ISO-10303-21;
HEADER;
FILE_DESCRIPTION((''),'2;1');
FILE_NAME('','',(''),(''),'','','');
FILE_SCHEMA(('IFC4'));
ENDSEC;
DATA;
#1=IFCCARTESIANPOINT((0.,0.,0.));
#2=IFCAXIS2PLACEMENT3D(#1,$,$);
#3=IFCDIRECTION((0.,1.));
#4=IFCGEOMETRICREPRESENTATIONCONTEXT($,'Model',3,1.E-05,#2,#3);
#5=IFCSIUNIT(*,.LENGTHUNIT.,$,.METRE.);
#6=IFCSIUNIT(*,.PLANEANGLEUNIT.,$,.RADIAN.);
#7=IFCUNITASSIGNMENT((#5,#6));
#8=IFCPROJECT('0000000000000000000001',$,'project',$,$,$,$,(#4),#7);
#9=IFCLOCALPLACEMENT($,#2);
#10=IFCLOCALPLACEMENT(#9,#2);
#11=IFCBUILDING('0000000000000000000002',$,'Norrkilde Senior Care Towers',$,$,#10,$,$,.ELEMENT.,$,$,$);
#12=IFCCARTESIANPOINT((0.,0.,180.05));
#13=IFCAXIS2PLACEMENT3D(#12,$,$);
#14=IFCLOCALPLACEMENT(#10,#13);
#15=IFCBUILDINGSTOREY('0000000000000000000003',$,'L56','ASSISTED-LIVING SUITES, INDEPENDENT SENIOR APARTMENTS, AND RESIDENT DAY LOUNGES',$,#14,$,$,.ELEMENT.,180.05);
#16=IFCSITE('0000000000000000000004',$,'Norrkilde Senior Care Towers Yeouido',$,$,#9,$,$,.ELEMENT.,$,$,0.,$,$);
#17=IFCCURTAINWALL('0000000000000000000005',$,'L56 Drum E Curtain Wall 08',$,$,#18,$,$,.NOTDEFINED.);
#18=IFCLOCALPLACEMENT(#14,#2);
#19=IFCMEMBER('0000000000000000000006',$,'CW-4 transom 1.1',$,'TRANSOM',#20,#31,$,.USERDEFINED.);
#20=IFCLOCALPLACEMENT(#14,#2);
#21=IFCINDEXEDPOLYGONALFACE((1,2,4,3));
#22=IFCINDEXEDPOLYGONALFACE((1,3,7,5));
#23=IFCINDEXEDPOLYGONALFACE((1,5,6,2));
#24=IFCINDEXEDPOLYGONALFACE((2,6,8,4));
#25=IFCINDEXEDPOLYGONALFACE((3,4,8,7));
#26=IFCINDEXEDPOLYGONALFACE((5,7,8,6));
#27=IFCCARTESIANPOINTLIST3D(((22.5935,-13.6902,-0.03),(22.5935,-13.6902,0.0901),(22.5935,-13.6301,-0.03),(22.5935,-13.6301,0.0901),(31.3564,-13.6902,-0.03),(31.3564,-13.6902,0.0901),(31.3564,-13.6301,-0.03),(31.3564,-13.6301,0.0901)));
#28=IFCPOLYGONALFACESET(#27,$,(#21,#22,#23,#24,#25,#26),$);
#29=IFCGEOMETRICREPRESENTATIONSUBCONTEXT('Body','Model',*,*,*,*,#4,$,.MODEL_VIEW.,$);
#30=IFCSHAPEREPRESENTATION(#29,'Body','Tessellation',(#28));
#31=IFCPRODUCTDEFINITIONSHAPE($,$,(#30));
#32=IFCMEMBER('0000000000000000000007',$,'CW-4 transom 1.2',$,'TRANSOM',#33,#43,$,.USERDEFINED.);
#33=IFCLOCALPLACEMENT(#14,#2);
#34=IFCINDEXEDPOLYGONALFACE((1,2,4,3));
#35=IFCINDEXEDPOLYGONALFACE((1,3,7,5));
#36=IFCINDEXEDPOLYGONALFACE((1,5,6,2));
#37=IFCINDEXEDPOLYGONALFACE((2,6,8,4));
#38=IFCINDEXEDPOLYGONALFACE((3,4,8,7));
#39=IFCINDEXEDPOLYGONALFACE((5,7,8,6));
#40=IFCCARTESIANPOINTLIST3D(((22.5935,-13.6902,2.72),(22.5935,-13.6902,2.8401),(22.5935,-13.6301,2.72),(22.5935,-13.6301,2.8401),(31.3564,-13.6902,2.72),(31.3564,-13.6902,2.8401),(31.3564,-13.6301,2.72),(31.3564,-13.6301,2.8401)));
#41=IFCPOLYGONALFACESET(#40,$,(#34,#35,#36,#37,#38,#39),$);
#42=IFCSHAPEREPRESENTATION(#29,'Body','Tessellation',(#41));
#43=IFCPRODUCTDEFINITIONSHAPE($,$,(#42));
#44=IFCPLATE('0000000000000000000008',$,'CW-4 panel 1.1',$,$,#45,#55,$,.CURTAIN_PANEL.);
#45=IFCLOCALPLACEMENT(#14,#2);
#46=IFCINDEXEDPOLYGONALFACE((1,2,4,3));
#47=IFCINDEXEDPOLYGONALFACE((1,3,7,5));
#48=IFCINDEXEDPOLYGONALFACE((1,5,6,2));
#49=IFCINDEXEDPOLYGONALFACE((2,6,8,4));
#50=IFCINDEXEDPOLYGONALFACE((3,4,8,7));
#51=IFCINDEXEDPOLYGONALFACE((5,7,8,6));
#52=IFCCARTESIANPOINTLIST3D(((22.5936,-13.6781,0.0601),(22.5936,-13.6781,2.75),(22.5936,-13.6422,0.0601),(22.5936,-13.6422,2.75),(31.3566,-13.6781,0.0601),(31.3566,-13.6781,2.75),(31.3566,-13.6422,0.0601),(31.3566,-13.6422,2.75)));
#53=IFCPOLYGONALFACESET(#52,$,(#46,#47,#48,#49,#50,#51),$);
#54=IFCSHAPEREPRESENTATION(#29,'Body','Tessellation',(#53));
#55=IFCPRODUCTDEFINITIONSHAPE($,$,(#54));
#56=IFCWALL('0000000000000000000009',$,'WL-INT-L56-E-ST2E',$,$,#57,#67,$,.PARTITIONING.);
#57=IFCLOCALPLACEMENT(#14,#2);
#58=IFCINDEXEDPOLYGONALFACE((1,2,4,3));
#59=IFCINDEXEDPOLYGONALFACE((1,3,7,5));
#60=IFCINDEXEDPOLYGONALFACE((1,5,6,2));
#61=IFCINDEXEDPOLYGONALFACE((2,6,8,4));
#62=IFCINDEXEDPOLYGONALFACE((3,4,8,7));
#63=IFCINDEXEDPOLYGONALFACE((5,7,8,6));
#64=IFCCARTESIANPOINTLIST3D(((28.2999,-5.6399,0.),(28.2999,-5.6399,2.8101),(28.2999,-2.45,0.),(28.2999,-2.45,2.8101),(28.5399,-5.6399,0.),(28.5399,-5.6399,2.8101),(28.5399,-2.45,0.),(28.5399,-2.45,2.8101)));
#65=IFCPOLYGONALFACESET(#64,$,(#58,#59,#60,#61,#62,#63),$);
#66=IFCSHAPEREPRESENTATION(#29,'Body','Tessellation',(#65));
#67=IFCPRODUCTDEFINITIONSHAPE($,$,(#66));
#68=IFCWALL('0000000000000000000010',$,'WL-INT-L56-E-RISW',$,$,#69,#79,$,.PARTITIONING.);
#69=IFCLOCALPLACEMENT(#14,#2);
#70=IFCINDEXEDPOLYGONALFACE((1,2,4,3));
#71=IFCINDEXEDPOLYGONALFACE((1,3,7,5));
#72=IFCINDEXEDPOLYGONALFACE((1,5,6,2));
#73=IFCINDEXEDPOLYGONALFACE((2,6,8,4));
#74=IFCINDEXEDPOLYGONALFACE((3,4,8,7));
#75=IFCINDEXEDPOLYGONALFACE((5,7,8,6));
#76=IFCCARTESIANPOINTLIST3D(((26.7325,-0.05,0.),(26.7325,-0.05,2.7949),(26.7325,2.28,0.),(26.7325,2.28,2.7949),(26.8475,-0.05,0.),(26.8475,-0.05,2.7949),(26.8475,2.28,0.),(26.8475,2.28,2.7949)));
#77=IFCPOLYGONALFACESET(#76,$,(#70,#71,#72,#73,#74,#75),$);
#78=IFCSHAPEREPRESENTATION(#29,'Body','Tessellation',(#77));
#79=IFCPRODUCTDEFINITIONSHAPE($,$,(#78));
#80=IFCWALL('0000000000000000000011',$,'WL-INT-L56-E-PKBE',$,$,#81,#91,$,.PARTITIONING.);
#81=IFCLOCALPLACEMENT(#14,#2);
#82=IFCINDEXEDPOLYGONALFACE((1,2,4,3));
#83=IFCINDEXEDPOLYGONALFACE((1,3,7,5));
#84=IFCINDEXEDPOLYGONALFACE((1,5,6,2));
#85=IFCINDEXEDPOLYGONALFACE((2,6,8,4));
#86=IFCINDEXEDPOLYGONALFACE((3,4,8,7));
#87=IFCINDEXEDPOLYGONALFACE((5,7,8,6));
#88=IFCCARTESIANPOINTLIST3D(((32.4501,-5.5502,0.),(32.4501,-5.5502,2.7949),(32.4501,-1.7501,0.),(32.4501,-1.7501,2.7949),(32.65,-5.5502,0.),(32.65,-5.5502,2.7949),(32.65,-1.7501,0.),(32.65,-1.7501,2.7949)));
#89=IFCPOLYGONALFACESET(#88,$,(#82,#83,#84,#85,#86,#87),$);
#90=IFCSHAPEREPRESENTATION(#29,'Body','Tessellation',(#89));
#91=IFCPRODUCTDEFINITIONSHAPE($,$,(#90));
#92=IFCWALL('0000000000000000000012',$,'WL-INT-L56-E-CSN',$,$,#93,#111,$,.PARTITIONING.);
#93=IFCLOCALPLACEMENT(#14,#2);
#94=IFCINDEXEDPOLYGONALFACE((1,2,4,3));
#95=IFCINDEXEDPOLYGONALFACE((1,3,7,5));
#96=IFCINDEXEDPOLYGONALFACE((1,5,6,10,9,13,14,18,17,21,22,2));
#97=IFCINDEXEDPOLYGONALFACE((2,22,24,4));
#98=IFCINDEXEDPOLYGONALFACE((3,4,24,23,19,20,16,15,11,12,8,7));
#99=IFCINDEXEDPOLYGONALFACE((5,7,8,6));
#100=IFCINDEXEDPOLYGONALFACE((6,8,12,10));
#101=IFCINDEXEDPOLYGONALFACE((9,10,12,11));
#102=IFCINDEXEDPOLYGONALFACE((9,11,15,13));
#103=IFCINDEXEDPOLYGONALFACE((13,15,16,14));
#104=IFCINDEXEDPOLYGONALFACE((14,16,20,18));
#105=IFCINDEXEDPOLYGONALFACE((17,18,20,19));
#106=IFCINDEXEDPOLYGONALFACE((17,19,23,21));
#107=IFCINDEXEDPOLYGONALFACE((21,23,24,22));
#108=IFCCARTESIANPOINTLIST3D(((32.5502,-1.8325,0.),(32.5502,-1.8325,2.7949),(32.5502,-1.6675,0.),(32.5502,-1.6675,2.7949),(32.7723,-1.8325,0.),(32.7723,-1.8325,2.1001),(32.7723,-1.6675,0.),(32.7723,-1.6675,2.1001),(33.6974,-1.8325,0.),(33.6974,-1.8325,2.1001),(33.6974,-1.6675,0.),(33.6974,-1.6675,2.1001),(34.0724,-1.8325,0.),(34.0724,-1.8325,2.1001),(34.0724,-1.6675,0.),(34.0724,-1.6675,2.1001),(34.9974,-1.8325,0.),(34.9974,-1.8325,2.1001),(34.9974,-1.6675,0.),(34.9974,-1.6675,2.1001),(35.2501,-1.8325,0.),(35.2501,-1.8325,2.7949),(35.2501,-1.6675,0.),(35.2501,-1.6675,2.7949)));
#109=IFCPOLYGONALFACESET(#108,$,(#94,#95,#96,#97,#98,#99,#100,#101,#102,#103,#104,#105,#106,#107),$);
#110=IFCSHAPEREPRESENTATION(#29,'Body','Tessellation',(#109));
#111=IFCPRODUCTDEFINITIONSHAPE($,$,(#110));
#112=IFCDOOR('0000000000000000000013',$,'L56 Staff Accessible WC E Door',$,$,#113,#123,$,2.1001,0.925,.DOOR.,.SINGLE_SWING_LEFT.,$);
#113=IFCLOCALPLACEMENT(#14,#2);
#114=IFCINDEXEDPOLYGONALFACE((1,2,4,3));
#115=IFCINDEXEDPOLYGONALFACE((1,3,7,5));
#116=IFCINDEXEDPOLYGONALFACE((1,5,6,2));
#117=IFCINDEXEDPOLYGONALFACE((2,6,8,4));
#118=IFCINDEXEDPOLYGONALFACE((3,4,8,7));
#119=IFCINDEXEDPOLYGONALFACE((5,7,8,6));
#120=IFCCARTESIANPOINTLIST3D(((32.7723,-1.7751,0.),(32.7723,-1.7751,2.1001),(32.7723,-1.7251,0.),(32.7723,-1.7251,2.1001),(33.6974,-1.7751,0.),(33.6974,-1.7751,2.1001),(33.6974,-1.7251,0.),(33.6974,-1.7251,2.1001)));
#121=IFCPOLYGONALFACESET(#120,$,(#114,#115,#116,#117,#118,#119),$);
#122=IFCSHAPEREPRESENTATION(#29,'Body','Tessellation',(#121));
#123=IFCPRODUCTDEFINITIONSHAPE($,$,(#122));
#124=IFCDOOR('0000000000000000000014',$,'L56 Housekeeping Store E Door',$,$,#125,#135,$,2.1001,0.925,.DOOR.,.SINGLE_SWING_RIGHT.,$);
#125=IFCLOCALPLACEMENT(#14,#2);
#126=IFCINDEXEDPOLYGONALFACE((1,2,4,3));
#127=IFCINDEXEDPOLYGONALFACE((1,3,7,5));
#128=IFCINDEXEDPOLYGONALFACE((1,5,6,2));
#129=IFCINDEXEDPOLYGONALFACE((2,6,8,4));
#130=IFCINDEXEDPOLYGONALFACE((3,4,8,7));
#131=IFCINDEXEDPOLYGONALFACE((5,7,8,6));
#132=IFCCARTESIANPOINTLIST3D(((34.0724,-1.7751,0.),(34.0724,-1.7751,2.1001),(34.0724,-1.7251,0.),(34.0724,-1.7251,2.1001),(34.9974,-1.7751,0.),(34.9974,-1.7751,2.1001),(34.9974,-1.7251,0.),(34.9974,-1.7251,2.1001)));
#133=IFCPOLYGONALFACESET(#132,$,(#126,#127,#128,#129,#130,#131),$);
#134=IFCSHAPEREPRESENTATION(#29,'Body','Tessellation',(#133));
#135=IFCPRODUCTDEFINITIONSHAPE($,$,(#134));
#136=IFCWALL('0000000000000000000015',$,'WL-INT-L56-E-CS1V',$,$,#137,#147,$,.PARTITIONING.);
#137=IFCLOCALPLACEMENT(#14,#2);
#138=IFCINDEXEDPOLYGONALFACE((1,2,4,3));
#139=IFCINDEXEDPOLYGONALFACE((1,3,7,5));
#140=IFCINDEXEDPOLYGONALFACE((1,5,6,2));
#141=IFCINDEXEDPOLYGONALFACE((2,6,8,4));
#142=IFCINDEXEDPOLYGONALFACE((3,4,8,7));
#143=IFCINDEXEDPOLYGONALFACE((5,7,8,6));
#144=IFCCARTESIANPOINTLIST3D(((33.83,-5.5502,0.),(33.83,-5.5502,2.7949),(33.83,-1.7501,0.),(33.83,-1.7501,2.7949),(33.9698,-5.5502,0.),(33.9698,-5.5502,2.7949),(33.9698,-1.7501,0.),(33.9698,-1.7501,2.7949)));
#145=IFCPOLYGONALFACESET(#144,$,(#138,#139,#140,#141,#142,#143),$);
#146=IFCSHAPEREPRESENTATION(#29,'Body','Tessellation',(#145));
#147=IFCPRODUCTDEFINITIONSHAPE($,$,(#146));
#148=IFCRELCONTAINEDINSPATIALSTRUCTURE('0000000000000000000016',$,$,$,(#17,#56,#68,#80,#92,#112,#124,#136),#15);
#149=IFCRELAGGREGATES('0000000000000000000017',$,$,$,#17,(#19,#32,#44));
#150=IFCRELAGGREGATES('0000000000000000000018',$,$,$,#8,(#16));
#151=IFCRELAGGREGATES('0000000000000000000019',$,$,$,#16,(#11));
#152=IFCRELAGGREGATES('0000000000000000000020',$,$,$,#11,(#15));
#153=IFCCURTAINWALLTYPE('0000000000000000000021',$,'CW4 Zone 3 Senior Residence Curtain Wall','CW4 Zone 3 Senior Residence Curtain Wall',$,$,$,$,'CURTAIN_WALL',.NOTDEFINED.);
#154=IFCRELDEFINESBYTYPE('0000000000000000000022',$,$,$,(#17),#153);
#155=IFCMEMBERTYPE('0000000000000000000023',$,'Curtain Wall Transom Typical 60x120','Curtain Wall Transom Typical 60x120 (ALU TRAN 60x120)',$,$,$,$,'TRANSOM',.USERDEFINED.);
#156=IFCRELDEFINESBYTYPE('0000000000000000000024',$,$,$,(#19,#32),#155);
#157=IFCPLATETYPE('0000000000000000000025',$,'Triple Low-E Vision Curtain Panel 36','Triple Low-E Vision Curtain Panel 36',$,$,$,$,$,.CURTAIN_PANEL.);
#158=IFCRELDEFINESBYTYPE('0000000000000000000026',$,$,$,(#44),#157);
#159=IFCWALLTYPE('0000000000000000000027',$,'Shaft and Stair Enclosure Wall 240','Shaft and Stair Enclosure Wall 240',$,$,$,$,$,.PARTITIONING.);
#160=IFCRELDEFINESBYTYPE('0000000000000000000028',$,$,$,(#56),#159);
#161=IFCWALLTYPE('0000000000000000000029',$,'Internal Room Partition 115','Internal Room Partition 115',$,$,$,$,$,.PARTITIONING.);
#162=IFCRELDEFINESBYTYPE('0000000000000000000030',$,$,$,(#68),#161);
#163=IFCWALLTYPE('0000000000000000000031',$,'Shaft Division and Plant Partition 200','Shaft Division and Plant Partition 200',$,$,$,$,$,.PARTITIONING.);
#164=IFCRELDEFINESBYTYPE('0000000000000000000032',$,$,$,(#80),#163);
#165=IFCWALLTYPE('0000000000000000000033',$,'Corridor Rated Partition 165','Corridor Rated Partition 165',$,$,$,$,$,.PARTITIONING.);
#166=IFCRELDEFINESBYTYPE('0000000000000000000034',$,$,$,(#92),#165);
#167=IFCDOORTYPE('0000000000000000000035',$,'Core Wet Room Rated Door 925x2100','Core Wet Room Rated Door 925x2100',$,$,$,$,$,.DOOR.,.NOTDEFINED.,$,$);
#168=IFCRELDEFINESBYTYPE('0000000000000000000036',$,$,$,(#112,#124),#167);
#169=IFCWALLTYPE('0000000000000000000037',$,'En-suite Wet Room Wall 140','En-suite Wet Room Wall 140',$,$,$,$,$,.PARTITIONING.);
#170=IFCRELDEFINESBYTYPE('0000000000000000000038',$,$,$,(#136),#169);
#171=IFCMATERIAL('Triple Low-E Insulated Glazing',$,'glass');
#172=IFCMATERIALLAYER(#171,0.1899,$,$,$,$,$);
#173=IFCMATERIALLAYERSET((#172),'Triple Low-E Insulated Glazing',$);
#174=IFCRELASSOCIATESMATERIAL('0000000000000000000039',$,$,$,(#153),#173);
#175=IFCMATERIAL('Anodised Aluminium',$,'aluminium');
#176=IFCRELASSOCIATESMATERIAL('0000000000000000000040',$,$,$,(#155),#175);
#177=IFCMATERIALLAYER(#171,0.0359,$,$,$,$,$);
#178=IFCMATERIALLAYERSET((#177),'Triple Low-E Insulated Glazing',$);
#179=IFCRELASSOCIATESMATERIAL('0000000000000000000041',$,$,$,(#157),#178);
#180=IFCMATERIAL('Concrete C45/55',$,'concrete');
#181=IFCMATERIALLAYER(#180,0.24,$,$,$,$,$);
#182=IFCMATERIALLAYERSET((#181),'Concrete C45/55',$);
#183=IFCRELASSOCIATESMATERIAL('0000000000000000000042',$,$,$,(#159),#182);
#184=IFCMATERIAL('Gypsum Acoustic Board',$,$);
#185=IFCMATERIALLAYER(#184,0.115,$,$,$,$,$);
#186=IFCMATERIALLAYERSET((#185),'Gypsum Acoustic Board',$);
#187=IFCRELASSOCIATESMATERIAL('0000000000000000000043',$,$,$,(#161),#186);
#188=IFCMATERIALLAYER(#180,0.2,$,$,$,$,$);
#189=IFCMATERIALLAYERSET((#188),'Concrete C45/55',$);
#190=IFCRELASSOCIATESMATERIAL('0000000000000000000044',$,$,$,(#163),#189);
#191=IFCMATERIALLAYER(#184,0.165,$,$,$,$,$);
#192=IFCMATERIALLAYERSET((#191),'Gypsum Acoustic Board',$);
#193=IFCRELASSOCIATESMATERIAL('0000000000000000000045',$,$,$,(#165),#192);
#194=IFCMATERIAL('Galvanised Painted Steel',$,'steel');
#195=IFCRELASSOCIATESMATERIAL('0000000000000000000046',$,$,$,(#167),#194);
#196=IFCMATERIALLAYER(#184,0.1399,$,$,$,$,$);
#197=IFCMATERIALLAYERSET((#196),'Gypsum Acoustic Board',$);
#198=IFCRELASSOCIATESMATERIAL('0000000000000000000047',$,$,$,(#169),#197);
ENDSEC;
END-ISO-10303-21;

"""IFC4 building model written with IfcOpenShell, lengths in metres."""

from ifc_helpers import new_model, si_unit, direction, frame, frame_2d, origin, origin_2d, place, context, subcontext, project, spatial, rectangle, extrude, source, transform, mapped, material, layer, layer_set, material_profile, profile_set, type_object, type_shapes, element, fill, aggregate, save


model = new_model("IFC4")

# Units and contexts
model_context = context("Model", 3, precision=1e-05, world=origin(), true_north=direction((0.0, 1.0)))
body_context = subcontext(model_context, "Body", "Model", "MODEL_VIEW")
ifc_project = project(units=[si_unit("LENGTHUNIT", "METRE"), si_unit("PLANEANGLEUNIT", "RADIAN")], contexts=[model_context])

# Site, building, storey
site_placement = place(None, origin())
site = spatial("IfcSite", under=ifc_project, at=site_placement, Name="Norrkilde Senior Care Towers Yeouido", CompositionType="ELEMENT", RefElevation=0.0)
building_placement = place(site_placement, origin())
building = spatial("IfcBuilding", under=site, at=building_placement, Name="Norrkilde Senior Care Towers", CompositionType="ELEMENT")
storey_placement = place(building_placement, frame((0.0, 0.0, 180.05)))
storey = spatial("IfcBuildingStorey", under=building, at=storey_placement, Name="L56", Description="ASSISTED-LIVING SUITES, INDEPENDENT SENIOR APARTMENTS, AND RESIDENT DAY LOUNGES", CompositionType="ELEMENT", Elevation=180.05)

# Curtain wall
ifc_material_1 = material(Name="Triple Low-E Insulated Glazing", Category="glass")
ifc_layer_1 = layer(ifc_material_1, 0.1899)
ifc_layer_set_1 = layer_set([ifc_layer_1], Name="Triple Low-E Insulated Glazing")
curtain_wall_type = type_object("IfcCurtainWallType", Name="CW4 Zone 3 Senior Residence Curtain Wall", Description="CW4 Zone 3 Senior Residence Curtain Wall", ElementType="CURTAIN_WALL", PredefinedType="NOTDEFINED", material=ifc_layer_set_1)
curtain_wall_1_placement = place(storey_placement, origin())
curtain_wall_1 = element("IfcCurtainWall", 1, at=curtain_wall_1_placement, inside=storey, type_object=curtain_wall_type, Name="L56 Drum E Curtain Wall 08", PredefinedType="NOTDEFINED")
ifc_material_2 = material(Name="Anodised Aluminium", Category="aluminium")

# Members
ifc_material_profile_1 = material_profile(ifc_material_2, rectangle(XDim=0.0601, YDim=0.1201, at=origin_2d()), Name="ALU TRAN 60x120")
ifc_profile_set_1 = profile_set([ifc_material_profile_1], Name="Anodised Aluminium")
member_type_1 = type_object("IfcMemberType", Name="Curtain Wall Transom Typical 60x120", Description="Curtain Wall Transom Typical 60x120 (ALU TRAN 60x120)", ElementType="TRANSOM", PredefinedType="USERDEFINED", material=ifc_profile_set_1)
shared_shape_1 = source(origin(), body_context, "Body", "SweptSolid", [
    extrude(rectangle(XDim=0.0601, YDim=0.1201, at=origin_2d()), origin(), (0.0, 0.0, 1.0), 8.7629),
])
type_shapes(member_type_1, [shared_shape_1])
member_1_placement = place(storey_placement, frame((31.3564, -13.6602, 0.03), z_axis=(-1.0, 0.0, 0.0), x_axis=(0.0, -1.0, 0.0)))
member_1 = element("IfcMember", 2, at=member_1_placement, type_object=member_type_1, Name="CW-4 transom 1.1", ObjectType="TRANSOM", PredefinedType="USERDEFINED", context=body_context, shape_type="MappedRepresentation", body=[
    mapped(shared_shape_1, transform((0.0, 0.0, 0.0), x_axis=(1.0, 0.0, 0.0), y_axis=(0.0, 1.0, 0.0), z_axis=(0.0, 0.0, 1.0), scale=1.0)),
])
member_2_placement = place(storey_placement, frame((31.3564, -13.6602, 2.78), z_axis=(-1.0, 0.0, 0.0), x_axis=(0.0, -1.0, 0.0)))
member_2 = element("IfcMember", 3, at=member_2_placement, type_object=member_type_1, Name="CW-4 transom 1.2", ObjectType="TRANSOM", PredefinedType="USERDEFINED", context=body_context, shape_type="MappedRepresentation", body=[
    mapped(shared_shape_1, transform((0.0, 0.0, 0.0), x_axis=(1.0, 0.0, 0.0), y_axis=(0.0, 1.0, 0.0), z_axis=(0.0, 0.0, 1.0), scale=1.0)),
])

# Plate
ifc_layer_2 = layer(ifc_material_1, 0.0359)
ifc_layer_set_2 = layer_set([ifc_layer_2], Name="Triple Low-E Insulated Glazing")
plate_type = type_object("IfcPlateType", Name="Triple Low-E Vision Curtain Panel 36", Description="Triple Low-E Vision Curtain Panel 36", PredefinedType="CURTAIN_PANEL", material=ifc_layer_set_2)
shared_shape_2 = source(origin(), body_context, "Body", "SweptSolid", [
    extrude(rectangle(XDim=8.7629, YDim=0.0359, at=origin_2d()), origin(), (0.0, 0.0, 1.0), 2.6899),
])
type_shapes(plate_type, [shared_shape_2])
plate_placement = place(storey_placement, frame((26.9751, -13.6602, 0.0601), z_axis=(0.0, 0.0, 1.0), x_axis=(-1.0, 0.0, 0.0)))
plate = element("IfcPlate", 4, at=plate_placement, type_object=plate_type, Name="CW-4 panel 1.1", PredefinedType="CURTAIN_PANEL", context=body_context, shape_type="MappedRepresentation", body=[
    mapped(shared_shape_2, transform((0.0, 0.0, 0.0), x_axis=(1.0, 0.0, 0.0), y_axis=(0.0, 1.0, 0.0), z_axis=(0.0, 0.0, 1.0), scale=1.0)),
])
aggregate(curtain_wall_1, [member_1, member_2, plate])

# Walls
ifc_material_3 = material(Name="Concrete C45/55", Category="concrete")
ifc_layer_3 = layer(ifc_material_3, 0.24)
ifc_layer_set_3 = layer_set([ifc_layer_3], Name="Concrete C45/55")
wall_type_1 = type_object("IfcWallType", Name="Shaft and Stair Enclosure Wall 240", Description="Shaft and Stair Enclosure Wall 240", PredefinedType="PARTITIONING", material=ifc_layer_set_3)
shared_shape_3 = source(origin(), body_context, "Body", "SweptSolid", [
    extrude(rectangle(XDim=3.1899, YDim=0.24, at=frame_2d((1.595, 0.0))), origin(), (0.0, 0.0, 1.0), 2.8101),
])
type_shapes(wall_type_1, [shared_shape_3])
wall_1_placement = place(storey_placement, frame((28.4199, -5.6399, 0.0), z_axis=(0.0, 0.0, 1.0), x_axis=(0.0, 1.0, 0.0)))
element("IfcWall", 5, at=wall_1_placement, inside=storey, type_object=wall_type_1, Name="WL-INT-L56-E-ST2E", PredefinedType="PARTITIONING", context=body_context, shape_type="MappedRepresentation", body=[
    mapped(shared_shape_3, transform((0.0, 0.0, 0.0), x_axis=(1.0, 0.0, 0.0), y_axis=(0.0, 1.0, 0.0), z_axis=(0.0, 0.0, 1.0), scale=1.0)),
])
ifc_material_4 = material(Name="Gypsum Acoustic Board")
ifc_layer_4 = layer(ifc_material_4, 0.115)
ifc_layer_set_4 = layer_set([ifc_layer_4], Name="Gypsum Acoustic Board")
wall_type_2 = type_object("IfcWallType", Name="Internal Room Partition 115", Description="Internal Room Partition 115", PredefinedType="PARTITIONING", material=ifc_layer_set_4)
shared_shape_4 = source(origin(), body_context, "Body", "SweptSolid", [
    extrude(rectangle(XDim=2.3301, YDim=0.115, at=frame_2d((1.165, 0.0))), origin(), (0.0, 0.0, 1.0), 2.7949),
])
type_shapes(wall_type_2, [shared_shape_4])
wall_2_placement = place(storey_placement, frame((26.79, -0.05, 0.0), z_axis=(0.0, 0.0, 1.0), x_axis=(0.0, 1.0, 0.0)))
element("IfcWall", 6, at=wall_2_placement, inside=storey, type_object=wall_type_2, Name="WL-INT-L56-E-RISW", PredefinedType="PARTITIONING", context=body_context, shape_type="MappedRepresentation", body=[
    mapped(shared_shape_4, transform((0.0, 0.0, 0.0), x_axis=(1.0, 0.0, 0.0), y_axis=(0.0, 1.0, 0.0), z_axis=(0.0, 0.0, 1.0), scale=1.0)),
])
ifc_layer_5 = layer(ifc_material_3, 0.2)
ifc_layer_set_5 = layer_set([ifc_layer_5], Name="Concrete C45/55")
wall_type_3 = type_object("IfcWallType", Name="Shaft Division and Plant Partition 200", Description="Shaft Division and Plant Partition 200", PredefinedType="PARTITIONING", material=ifc_layer_set_5)
shared_shape_5 = source(origin(), body_context, "Body", "SweptSolid", [
    extrude(rectangle(XDim=3.8, YDim=0.2, at=frame_2d((1.8999, 0.0))), origin(), (0.0, 0.0, 1.0), 2.7949),
])
type_shapes(wall_type_3, [shared_shape_5])
wall_3_placement = place(storey_placement, frame((32.55, -5.55, 0.0), z_axis=(0.0, 0.0, 1.0), x_axis=(0.0, 1.0, 0.0)))
element("IfcWall", 7, at=wall_3_placement, inside=storey, type_object=wall_type_3, Name="WL-INT-L56-E-PKBE", PredefinedType="PARTITIONING", context=body_context, shape_type="MappedRepresentation", body=[
    mapped(shared_shape_5, transform((0.0, 0.0, 0.0), x_axis=(1.0, 0.0, 0.0), y_axis=(0.0, 1.0, 0.0), z_axis=(0.0, 0.0, 1.0), scale=1.0)),
])

# Wall, openings, doors
ifc_layer_6 = layer(ifc_material_4, 0.165)
ifc_layer_set_6 = layer_set([ifc_layer_6], Name="Gypsum Acoustic Board")
wall_type_4 = type_object("IfcWallType", Name="Corridor Rated Partition 165", Description="Corridor Rated Partition 165", PredefinedType="PARTITIONING", material=ifc_layer_set_6)
shared_shape_6 = source(origin(), body_context, "Body", "SweptSolid", [
    extrude(rectangle(XDim=2.7, YDim=0.165, at=frame_2d((1.3501, 0.0))), origin(), (0.0, 0.0, 1.0), 2.7949),
])
wall_4_placement = place(storey_placement, frame((32.55, -1.75, 0.0), z_axis=(0.0, 0.0, 1.0), x_axis=(1.0, 0.0, 0.0)))
wall_4 = element("IfcWall", 8, at=wall_4_placement, inside=storey, type_object=wall_type_4, Name="WL-INT-L56-E-CSN", PredefinedType="PARTITIONING", context=body_context, shape_type="MappedRepresentation", body=[
    mapped(shared_shape_6, transform((0.0, 0.0, 0.0), x_axis=(1.0, 0.0, 0.0), y_axis=(0.0, 1.0, 0.0), z_axis=(0.0, 0.0, 1.0), scale=1.0)),
])
opening_1_placement = place(wall_4_placement, frame((0.2224, 0.0, 0.0)))
opening_1 = element("IfcOpeningElement", 9, at=opening_1_placement, cuts=wall_4, PredefinedType="OPENING", context=body_context, shape_type="SweptSolid", body=[
    extrude(rectangle(XDim=0.925, YDim=2.1001, at=frame_2d((0.4624, 1.05))), frame((0.0, 0.0925, 0.0), z_axis=(0.0, -1.0, 0.0), x_axis=(1.0, 0.0, 0.0)), (0.0, 0.0, 1.0), 0.1851),
])
opening_2_placement = place(wall_4_placement, frame((1.5225, 0.0, 0.0)))
opening_2 = element("IfcOpeningElement", 10, at=opening_2_placement, cuts=wall_4, PredefinedType="OPENING", context=body_context, shape_type="SweptSolid", body=[
    extrude(rectangle(XDim=0.925, YDim=2.1001, at=frame_2d((0.4624, 1.05))), frame((0.0, 0.0925, 0.0), z_axis=(0.0, -1.0, 0.0), x_axis=(1.0, 0.0, 0.0)), (0.0, 0.0, 1.0), 0.1851),
])
ifc_material_5 = material(Name="Galvanised Painted Steel", Category="steel")
door_type_1 = type_object("IfcDoorType", Name="Core Wet Room Rated Door 925x2100", Description="Core Wet Room Rated Door 925x2100", OperationType="NOTDEFINED", PredefinedType="DOOR", material=ifc_material_5)
shared_shape_7 = source(origin(), body_context, "Body", "SweptSolid", [
    extrude(rectangle(XDim=0.925, YDim=2.1001, at=frame_2d((0.4624, 1.05))), frame((0.0, 0.0249, 0.0), z_axis=(0.0, -1.0, 0.0), x_axis=(1.0, 0.0, 0.0)), (0.0, 0.0, 1.0), 0.05),
])
type_shapes(door_type_1, [shared_shape_7])
door_1_placement = place(opening_1_placement, origin())
door_1 = element("IfcDoor", 11, at=door_1_placement, inside=storey, type_object=door_type_1, Name="L56 Staff Accessible WC E Door", OperationType="SINGLE_SWING_LEFT", OverallHeight=2.1001, OverallWidth=0.925, PredefinedType="DOOR", context=body_context, shape_type="MappedRepresentation", body=[
    mapped(shared_shape_7, transform((0.0, 0.0, 0.0), x_axis=(1.0, 0.0, 0.0), y_axis=(0.0, 1.0, 0.0), z_axis=(0.0, 0.0, 1.0), scale=1.0)),
])
fill(opening_1, door_1)
door_2_placement = place(opening_2_placement, origin())
door_2 = element("IfcDoor", 12, at=door_2_placement, inside=storey, type_object=door_type_1, Name="L56 Housekeeping Store E Door", OperationType="SINGLE_SWING_RIGHT", OverallHeight=2.1001, OverallWidth=0.925, PredefinedType="DOOR", context=body_context, shape_type="MappedRepresentation", body=[
    mapped(shared_shape_7, transform((0.0, 0.0, 0.0), x_axis=(1.0, 0.0, 0.0), y_axis=(0.0, 1.0, 0.0), z_axis=(0.0, 0.0, 1.0), scale=1.0)),
])
fill(opening_2, door_2)

# Wall
ifc_layer_7 = layer(ifc_material_4, 0.1399)
ifc_layer_set_7 = layer_set([ifc_layer_7], Name="Gypsum Acoustic Board")
wall_type_5 = type_object("IfcWallType", Name="En-suite Wet Room Wall 140", Description="En-suite Wet Room Wall 140", PredefinedType="PARTITIONING", material=ifc_layer_set_7)
shared_shape_8 = source(origin(), body_context, "Body", "SweptSolid", [
    extrude(rectangle(XDim=3.8, YDim=0.1399, at=frame_2d((1.8999, 0.0))), origin(), (0.0, 0.0, 1.0), 2.7949),
])
type_shapes(wall_type_5, [shared_shape_8])
wall_5_placement = place(storey_placement, frame((33.8999, -5.55, 0.0), z_axis=(0.0, 0.0, 1.0), x_axis=(0.0, 1.0, 0.0)))
element("IfcWall", 13, at=wall_5_placement, inside=storey, type_object=wall_type_5, Name="WL-INT-L56-E-CS1V", PredefinedType="PARTITIONING", context=body_context, shape_type="MappedRepresentation", body=[
    mapped(shared_shape_8, transform((0.0, 0.0, 0.0), x_axis=(1.0, 0.0, 0.0), y_axis=(0.0, 1.0, 0.0), z_axis=(0.0, 0.0, 1.0), scale=1.0)),
])

save(model, "model.ifc")
